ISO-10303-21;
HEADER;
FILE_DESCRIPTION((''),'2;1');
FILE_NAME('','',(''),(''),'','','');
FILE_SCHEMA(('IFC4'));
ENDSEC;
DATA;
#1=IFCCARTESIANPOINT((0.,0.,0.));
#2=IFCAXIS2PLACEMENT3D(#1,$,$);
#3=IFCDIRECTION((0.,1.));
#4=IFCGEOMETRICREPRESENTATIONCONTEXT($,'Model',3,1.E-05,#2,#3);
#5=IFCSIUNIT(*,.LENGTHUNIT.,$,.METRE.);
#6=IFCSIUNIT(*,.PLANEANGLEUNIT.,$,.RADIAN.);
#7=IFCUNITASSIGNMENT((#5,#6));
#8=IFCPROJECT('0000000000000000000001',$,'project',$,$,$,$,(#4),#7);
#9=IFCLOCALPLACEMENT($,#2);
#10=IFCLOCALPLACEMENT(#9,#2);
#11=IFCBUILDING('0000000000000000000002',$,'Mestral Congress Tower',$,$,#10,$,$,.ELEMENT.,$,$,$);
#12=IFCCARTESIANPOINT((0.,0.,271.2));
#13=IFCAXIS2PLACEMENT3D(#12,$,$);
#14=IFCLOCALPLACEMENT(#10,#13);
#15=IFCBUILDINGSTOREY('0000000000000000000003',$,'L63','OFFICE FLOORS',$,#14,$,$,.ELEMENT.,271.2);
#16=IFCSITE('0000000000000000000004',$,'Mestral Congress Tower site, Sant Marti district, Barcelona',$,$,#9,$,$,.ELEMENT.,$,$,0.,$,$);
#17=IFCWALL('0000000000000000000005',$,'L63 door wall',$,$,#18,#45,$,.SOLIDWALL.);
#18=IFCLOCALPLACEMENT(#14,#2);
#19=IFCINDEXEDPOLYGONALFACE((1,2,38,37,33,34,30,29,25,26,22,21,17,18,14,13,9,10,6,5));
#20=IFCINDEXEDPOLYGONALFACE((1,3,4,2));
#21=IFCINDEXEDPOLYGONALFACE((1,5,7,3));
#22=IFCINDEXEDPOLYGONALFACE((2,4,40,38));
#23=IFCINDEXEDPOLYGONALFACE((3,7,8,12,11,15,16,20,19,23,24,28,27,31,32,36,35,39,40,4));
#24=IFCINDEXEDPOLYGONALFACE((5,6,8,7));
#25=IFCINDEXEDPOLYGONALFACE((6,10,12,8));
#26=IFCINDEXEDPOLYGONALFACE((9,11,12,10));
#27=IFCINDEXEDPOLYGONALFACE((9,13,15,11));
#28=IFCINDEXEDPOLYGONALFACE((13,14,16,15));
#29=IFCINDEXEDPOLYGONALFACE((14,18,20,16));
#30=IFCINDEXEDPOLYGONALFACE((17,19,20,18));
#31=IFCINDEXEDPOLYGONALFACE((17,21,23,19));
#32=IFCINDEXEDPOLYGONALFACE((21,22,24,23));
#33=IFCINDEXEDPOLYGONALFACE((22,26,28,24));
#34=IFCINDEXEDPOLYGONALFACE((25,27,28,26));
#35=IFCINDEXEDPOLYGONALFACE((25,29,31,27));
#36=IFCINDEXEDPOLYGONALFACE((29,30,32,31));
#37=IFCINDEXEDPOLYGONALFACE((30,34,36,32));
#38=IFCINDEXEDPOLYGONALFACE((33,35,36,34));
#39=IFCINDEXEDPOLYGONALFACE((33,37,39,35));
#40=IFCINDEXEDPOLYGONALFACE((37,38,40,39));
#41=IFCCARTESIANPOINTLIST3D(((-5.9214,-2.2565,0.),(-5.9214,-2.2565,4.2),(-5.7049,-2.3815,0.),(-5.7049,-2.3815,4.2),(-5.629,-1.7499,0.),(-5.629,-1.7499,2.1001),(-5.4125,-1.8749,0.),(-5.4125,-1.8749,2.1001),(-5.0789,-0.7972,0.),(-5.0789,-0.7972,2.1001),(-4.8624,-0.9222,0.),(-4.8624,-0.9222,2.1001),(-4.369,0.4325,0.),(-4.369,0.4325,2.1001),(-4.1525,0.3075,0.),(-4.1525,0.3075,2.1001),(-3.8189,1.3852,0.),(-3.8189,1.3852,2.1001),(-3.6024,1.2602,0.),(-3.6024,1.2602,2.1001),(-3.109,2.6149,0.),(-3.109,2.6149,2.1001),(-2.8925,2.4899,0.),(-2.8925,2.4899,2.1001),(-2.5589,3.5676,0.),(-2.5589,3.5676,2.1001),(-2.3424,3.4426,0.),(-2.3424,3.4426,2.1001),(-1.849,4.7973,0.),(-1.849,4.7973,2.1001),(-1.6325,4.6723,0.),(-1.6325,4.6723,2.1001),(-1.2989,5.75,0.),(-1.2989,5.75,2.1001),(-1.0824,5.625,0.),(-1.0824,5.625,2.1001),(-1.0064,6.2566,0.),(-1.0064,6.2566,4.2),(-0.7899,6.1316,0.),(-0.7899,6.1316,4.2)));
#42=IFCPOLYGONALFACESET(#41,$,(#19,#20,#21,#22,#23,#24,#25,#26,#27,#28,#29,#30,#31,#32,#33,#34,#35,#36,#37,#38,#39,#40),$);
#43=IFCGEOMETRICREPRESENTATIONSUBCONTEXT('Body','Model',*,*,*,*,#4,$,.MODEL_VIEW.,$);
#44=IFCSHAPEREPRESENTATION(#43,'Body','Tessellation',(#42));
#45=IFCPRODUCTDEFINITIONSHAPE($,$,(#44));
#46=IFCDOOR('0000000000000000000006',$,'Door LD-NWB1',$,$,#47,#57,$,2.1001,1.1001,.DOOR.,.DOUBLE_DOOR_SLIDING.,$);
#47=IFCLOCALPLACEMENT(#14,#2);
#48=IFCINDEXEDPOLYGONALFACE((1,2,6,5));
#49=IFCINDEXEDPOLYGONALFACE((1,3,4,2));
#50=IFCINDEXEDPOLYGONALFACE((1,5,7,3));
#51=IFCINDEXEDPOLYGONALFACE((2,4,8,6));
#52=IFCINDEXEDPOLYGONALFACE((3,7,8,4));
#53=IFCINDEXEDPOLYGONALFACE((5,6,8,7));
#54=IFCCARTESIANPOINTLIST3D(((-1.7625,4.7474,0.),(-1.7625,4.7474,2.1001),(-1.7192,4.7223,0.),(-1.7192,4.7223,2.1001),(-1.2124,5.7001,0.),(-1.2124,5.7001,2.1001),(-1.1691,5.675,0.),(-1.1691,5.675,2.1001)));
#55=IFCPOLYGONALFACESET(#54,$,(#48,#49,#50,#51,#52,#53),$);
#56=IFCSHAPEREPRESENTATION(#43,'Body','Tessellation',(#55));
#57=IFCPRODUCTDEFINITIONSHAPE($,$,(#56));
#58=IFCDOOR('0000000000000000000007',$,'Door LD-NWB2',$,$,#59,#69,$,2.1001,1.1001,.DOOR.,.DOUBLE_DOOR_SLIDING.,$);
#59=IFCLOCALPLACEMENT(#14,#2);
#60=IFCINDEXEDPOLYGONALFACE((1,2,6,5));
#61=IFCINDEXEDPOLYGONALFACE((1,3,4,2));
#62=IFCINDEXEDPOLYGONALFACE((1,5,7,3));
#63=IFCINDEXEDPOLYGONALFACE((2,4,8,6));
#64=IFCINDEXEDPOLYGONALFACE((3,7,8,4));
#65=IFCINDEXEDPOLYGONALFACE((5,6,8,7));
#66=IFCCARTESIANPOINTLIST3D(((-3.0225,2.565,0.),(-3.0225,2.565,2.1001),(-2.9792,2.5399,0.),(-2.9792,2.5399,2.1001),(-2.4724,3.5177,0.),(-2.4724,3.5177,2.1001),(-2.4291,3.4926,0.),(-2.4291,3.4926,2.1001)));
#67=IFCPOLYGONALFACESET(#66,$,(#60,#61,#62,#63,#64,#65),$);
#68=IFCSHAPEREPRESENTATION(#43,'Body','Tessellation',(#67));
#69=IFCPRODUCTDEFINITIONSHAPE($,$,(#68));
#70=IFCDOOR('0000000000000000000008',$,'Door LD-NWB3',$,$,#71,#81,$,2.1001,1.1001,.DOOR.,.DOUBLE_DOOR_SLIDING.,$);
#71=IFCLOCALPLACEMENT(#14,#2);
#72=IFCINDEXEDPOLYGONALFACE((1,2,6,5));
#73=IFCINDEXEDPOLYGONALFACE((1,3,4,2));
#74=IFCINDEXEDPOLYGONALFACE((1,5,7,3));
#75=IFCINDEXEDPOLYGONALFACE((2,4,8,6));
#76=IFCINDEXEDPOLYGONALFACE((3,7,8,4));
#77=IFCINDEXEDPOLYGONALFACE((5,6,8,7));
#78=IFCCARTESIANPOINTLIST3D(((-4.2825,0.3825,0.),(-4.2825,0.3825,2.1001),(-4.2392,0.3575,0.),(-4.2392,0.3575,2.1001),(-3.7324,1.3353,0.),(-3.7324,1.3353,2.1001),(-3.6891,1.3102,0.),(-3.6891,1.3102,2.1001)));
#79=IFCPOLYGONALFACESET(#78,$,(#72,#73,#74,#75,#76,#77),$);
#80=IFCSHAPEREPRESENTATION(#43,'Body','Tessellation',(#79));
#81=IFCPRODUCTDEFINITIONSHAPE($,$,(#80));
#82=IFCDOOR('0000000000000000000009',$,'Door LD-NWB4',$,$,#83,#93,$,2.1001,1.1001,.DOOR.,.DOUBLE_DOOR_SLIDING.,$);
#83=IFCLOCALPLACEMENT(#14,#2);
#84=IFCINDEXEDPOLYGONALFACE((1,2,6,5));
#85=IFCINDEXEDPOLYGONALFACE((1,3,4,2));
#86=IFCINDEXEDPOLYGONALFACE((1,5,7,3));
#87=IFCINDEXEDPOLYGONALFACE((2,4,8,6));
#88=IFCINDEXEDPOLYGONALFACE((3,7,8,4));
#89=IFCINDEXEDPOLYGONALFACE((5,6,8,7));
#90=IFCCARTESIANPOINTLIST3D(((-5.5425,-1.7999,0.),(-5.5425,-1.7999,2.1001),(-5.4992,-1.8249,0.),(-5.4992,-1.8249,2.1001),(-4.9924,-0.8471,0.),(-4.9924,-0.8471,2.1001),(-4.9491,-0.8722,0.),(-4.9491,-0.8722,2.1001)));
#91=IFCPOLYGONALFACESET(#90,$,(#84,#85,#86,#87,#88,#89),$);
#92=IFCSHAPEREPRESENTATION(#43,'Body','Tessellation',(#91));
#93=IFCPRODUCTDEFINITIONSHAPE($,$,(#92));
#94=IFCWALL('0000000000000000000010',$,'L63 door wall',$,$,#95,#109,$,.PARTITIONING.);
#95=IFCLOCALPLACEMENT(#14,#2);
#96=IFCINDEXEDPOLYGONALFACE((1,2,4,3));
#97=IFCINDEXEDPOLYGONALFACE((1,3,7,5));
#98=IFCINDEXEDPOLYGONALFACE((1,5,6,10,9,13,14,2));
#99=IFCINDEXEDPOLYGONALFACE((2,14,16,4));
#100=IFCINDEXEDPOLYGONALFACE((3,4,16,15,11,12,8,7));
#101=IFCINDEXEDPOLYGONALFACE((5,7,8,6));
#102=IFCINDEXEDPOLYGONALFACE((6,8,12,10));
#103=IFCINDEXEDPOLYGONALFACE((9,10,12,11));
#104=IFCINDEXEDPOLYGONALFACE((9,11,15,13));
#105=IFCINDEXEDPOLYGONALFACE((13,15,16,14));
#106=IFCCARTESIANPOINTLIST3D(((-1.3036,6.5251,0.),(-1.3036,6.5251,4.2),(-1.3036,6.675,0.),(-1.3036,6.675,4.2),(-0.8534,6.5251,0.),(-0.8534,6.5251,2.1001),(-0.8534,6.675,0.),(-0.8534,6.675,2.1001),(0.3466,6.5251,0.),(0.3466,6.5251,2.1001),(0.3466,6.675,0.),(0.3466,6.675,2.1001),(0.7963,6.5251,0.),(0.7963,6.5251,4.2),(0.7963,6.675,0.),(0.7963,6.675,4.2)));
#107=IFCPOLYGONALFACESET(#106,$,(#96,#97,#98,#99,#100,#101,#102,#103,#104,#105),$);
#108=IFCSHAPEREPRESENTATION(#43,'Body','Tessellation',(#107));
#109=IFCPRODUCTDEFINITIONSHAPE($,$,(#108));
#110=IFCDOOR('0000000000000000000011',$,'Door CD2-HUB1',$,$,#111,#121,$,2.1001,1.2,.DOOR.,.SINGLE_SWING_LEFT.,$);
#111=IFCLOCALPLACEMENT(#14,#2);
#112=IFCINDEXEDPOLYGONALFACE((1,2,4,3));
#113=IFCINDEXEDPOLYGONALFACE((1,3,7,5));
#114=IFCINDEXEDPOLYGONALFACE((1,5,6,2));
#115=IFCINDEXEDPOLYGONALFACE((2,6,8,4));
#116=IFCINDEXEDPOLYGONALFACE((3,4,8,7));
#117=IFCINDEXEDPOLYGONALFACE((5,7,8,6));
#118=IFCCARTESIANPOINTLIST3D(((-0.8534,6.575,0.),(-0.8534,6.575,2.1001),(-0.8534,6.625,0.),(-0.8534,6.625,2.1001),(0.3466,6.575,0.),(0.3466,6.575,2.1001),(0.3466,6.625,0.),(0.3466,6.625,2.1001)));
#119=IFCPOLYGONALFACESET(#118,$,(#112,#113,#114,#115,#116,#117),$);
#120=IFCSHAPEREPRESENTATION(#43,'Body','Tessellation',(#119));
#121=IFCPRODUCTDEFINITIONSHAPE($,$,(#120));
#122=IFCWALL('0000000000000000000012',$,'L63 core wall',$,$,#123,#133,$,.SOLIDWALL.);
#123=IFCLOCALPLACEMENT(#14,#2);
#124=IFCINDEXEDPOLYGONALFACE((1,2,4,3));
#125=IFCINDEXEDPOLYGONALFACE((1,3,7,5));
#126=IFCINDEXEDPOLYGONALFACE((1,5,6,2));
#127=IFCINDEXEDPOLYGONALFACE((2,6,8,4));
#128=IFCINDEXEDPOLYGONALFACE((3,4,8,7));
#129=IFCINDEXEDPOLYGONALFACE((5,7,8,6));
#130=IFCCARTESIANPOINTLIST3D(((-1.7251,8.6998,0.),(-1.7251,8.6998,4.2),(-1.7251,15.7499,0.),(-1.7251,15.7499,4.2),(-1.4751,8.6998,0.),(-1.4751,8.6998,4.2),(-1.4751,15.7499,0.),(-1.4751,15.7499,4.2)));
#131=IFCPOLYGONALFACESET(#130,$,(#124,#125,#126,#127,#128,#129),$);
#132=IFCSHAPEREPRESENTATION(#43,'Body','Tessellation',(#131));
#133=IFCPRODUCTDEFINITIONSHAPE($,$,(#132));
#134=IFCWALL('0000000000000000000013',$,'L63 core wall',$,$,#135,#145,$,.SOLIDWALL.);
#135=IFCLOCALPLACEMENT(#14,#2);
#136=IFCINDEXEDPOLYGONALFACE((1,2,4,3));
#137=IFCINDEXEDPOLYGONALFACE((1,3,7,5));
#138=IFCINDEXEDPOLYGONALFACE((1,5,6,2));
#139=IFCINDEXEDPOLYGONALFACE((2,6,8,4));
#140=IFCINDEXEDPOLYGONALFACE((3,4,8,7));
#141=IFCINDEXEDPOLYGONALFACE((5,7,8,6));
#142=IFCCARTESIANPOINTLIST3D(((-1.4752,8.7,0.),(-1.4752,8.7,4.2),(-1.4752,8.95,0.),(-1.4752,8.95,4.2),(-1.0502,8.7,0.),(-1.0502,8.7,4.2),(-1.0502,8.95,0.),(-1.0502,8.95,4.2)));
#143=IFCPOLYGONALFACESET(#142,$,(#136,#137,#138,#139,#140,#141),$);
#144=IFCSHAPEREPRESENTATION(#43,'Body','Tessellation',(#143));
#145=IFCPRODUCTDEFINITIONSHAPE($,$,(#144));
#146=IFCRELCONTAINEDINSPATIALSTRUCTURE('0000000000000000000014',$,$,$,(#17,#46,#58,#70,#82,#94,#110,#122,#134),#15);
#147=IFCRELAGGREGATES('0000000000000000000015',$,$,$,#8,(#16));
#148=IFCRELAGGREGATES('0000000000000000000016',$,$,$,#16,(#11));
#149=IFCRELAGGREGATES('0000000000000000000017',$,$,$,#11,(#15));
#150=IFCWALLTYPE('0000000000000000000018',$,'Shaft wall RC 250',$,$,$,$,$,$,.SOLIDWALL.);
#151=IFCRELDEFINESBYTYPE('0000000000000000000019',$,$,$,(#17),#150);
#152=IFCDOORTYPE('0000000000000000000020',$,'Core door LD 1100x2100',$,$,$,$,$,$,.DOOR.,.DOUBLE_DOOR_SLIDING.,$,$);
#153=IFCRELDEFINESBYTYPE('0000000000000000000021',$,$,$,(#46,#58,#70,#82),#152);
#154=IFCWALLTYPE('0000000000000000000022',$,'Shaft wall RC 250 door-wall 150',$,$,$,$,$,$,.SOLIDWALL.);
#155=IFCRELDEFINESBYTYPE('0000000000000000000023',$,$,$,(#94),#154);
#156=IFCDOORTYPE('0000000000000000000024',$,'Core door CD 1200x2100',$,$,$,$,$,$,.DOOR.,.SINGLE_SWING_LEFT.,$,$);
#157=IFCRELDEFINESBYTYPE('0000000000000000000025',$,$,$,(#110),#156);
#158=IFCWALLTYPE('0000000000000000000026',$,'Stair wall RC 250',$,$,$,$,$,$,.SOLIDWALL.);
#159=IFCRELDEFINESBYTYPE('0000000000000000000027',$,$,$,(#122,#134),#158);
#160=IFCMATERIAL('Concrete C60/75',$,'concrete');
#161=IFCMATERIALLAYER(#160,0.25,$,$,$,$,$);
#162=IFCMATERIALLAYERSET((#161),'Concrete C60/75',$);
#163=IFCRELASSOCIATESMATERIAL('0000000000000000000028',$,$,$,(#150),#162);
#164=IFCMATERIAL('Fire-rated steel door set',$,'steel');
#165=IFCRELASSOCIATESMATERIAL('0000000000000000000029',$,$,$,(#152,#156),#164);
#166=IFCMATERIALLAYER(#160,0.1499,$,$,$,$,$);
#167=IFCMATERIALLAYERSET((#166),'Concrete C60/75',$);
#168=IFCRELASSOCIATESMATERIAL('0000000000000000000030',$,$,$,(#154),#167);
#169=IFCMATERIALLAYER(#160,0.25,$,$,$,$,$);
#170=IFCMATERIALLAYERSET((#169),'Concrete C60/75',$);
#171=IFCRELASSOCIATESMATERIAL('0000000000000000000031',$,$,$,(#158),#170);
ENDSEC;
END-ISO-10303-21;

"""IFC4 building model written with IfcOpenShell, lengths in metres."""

from ifc_helpers import new_model, si_unit, direction, frame, frame_2d, origin, place, context, subcontext, project, spatial, rectangle, extrude, material, layer, layer_set, type_object, element, fill, save


model = new_model("IFC4")

# Units and contexts
model_context = context("Model", 3, precision=1e-05, world=origin(), true_north=direction((0.0, 1.0)))
body_context = subcontext(model_context, "Body", "Model", "MODEL_VIEW")
ifc_project = project(units=[si_unit("LENGTHUNIT", "METRE"), si_unit("PLANEANGLEUNIT", "RADIAN")], contexts=[model_context])

# Site, building, storey
site_placement = place(None, origin())
site = spatial("IfcSite", under=ifc_project, at=site_placement, Name="Mestral Congress Tower site, Sant Marti district, Barcelona", CompositionType="ELEMENT", RefElevation=0.0)
building_placement = place(site_placement, origin())
building = spatial("IfcBuilding", under=site, at=building_placement, Name="Mestral Congress Tower", CompositionType="ELEMENT")
storey_placement = place(building_placement, frame((0.0, 0.0, 271.2)))
storey = spatial("IfcBuildingStorey", under=building, at=storey_placement, Name="L63", Description="OFFICE FLOORS", CompositionType="ELEMENT", Elevation=271.2)

# Shared definitions
ifc_material_1 = material(Name="Concrete C60/75", Category="concrete")

# Shared definitions
ifc_material_2 = material(Name="Fire-rated steel door set", Category="steel")

# Shared definitions
ifc_layer_1 = layer(ifc_material_1, 0.25)
ifc_layer_set_1 = layer_set([ifc_layer_1], Name="Concrete C60/75")
wall_type_1 = type_object("IfcWallType", Name="Shaft wall RC 250", PredefinedType="SOLIDWALL", material=ifc_layer_set_1)

# Wall, openings, doors
wall_1_placement = place(storey_placement, frame((-0.8982, 6.1941, 0.0), z_axis=(0.0, 0.0, 1.0), x_axis=(-0.499996, -0.866028, 0.0)))
wall_1 = element("IfcWall", 1, at=wall_1_placement, inside=storey, type_object=wall_type_1, Name="L63 door wall", PredefinedType="SOLIDWALL", context=body_context, shape_type="SweptSolid", body=[
    extrude(rectangle(XDim=9.8301, YDim=0.25, at=frame_2d((4.915, 0.0))), origin(), (0.0, 0.0, 1.0), 4.2),
])
opening_1_placement = place(wall_1_placement, frame((0.585, 0.0, 0.0)))
opening_1 = element("IfcOpeningElement", 2, at=opening_1_placement, cuts=wall_1, PredefinedType="OPENING", context=body_context, shape_type="SweptSolid", body=[
    extrude(rectangle(XDim=1.1001, YDim=2.1001, at=frame_2d((0.55, 1.05))), frame((0.0, 0.135, 0.0), z_axis=(0.0, -1.0, 0.0), x_axis=(1.0, 0.0, 0.0)), (0.0, 0.0, 1.0), 0.27),
])
opening_2_placement = place(wall_1_placement, frame((3.105, 0.0, 0.0)))
opening_2 = element("IfcOpeningElement", 3, at=opening_2_placement, cuts=wall_1, PredefinedType="OPENING", context=body_context, shape_type="SweptSolid", body=[
    extrude(rectangle(XDim=1.1001, YDim=2.1001, at=frame_2d((0.55, 1.05))), frame((0.0, 0.135, 0.0), z_axis=(0.0, -1.0, 0.0), x_axis=(1.0, 0.0, 0.0)), (0.0, 0.0, 1.0), 0.27),
])
opening_3_placement = place(wall_1_placement, frame((5.625, 0.0, 0.0)))
opening_3 = element("IfcOpeningElement", 4, at=opening_3_placement, cuts=wall_1, PredefinedType="OPENING", context=body_context, shape_type="SweptSolid", body=[
    extrude(rectangle(XDim=1.1001, YDim=2.1001, at=frame_2d((0.55, 1.05))), frame((0.0, 0.135, 0.0), z_axis=(0.0, -1.0, 0.0), x_axis=(1.0, 0.0, 0.0)), (0.0, 0.0, 1.0), 0.27),
])
opening_4_placement = place(wall_1_placement, frame((8.145, 0.0, 0.0)))
opening_4 = element("IfcOpeningElement", 5, at=opening_4_placement, cuts=wall_1, PredefinedType="OPENING", context=body_context, shape_type="SweptSolid", body=[
    extrude(rectangle(XDim=1.1001, YDim=2.1001, at=frame_2d((0.55, 1.05))), frame((0.0, 0.135, 0.0), z_axis=(0.0, -1.0, 0.0), x_axis=(1.0, 0.0, 0.0)), (0.0, 0.0, 1.0), 0.27),
])
door_type_1 = type_object("IfcDoorType", Name="Core door LD 1100x2100", OperationType="DOUBLE_DOOR_SLIDING", PredefinedType="DOOR", material=ifc_material_2)
door_1_placement = place(opening_1_placement, origin())
door_1 = element("IfcDoor", 6, at=door_1_placement, inside=storey, type_object=door_type_1, Name="Door LD-NWB1", OperationType="DOUBLE_DOOR_SLIDING", OverallHeight=2.1001, OverallWidth=1.1001, PredefinedType="DOOR", context=body_context, shape_type="SweptSolid", body=[
    extrude(rectangle(XDim=1.1001, YDim=2.1001, at=frame_2d((0.55, 1.05))), frame((0.0, 0.0249, 0.0), z_axis=(0.0, -1.0, 0.0), x_axis=(1.0, 0.0, 0.0)), (0.0, 0.0, 1.0), 0.05),
])
fill(opening_1, door_1)
door_2_placement = place(opening_2_placement, origin())
door_2 = element("IfcDoor", 7, at=door_2_placement, inside=storey, type_object=door_type_1, Name="Door LD-NWB2", OperationType="DOUBLE_DOOR_SLIDING", OverallHeight=2.1001, OverallWidth=1.1001, PredefinedType="DOOR", context=body_context, shape_type="SweptSolid", body=[
    extrude(rectangle(XDim=1.1001, YDim=2.1001, at=frame_2d((0.55, 1.05))), frame((0.0, 0.0249, 0.0), z_axis=(0.0, -1.0, 0.0), x_axis=(1.0, 0.0, 0.0)), (0.0, 0.0, 1.0), 0.05),
])
fill(opening_2, door_2)
door_3_placement = place(opening_3_placement, origin())
door_3 = element("IfcDoor", 8, at=door_3_placement, inside=storey, type_object=door_type_1, Name="Door LD-NWB3", OperationType="DOUBLE_DOOR_SLIDING", OverallHeight=2.1001, OverallWidth=1.1001, PredefinedType="DOOR", context=body_context, shape_type="SweptSolid", body=[
    extrude(rectangle(XDim=1.1001, YDim=2.1001, at=frame_2d((0.55, 1.05))), frame((0.0, 0.0249, 0.0), z_axis=(0.0, -1.0, 0.0), x_axis=(1.0, 0.0, 0.0)), (0.0, 0.0, 1.0), 0.05),
])
fill(opening_3, door_3)
door_4_placement = place(opening_4_placement, origin())
door_4 = element("IfcDoor", 9, at=door_4_placement, inside=storey, type_object=door_type_1, Name="Door LD-NWB4", OperationType="DOUBLE_DOOR_SLIDING", OverallHeight=2.1001, OverallWidth=1.1001, PredefinedType="DOOR", context=body_context, shape_type="SweptSolid", body=[
    extrude(rectangle(XDim=1.1001, YDim=2.1001, at=frame_2d((0.55, 1.05))), frame((0.0, 0.0249, 0.0), z_axis=(0.0, -1.0, 0.0), x_axis=(1.0, 0.0, 0.0)), (0.0, 0.0, 1.0), 0.05),
])
fill(opening_4, door_4)

# Wall, opening, door
ifc_layer_2 = layer(ifc_material_1, 0.1499)
ifc_layer_set_2 = layer_set([ifc_layer_2], Name="Concrete C60/75")
wall_type_2 = type_object("IfcWallType", Name="Shaft wall RC 250 door-wall 150", PredefinedType="SOLIDWALL", material=ifc_layer_set_2)
wall_2_placement = place(storey_placement, frame((-1.3035, 6.6001, 0.0), z_axis=(0.0, 0.0, 1.0), x_axis=(1.0, 0.0, 0.0)))
wall_2 = element("IfcWall", 10, at=wall_2_placement, inside=storey, type_object=wall_type_2, Name="L63 door wall", PredefinedType="PARTITIONING", context=body_context, shape_type="SweptSolid", body=[
    extrude(rectangle(XDim=2.0999, YDim=0.1499, at=frame_2d((1.0498, 0.0))), origin(), (0.0, 0.0, 1.0), 4.2),
])
opening_5_placement = place(wall_2_placement, frame((0.45, 0.0, 0.0)))
opening_5 = element("IfcOpeningElement", 11, at=opening_5_placement, cuts=wall_2, PredefinedType="OPENING", context=body_context, shape_type="SweptSolid", body=[
    extrude(rectangle(XDim=1.2, YDim=2.1001, at=frame_2d((0.6001, 1.05))), frame((0.0, 0.085, 0.0), z_axis=(0.0, -1.0, 0.0), x_axis=(1.0, 0.0, 0.0)), (0.0, 0.0, 1.0), 0.1699),
])
door_type_2 = type_object("IfcDoorType", Name="Core door CD 1200x2100", OperationType="SINGLE_SWING_LEFT", PredefinedType="DOOR", material=ifc_material_2)
door_5_placement = place(opening_5_placement, origin())
door_5 = element("IfcDoor", 12, at=door_5_placement, inside=storey, type_object=door_type_2, Name="Door CD2-HUB1", OperationType="SINGLE_SWING_LEFT", OverallHeight=2.1001, OverallWidth=1.2, PredefinedType="DOOR", context=body_context, shape_type="SweptSolid", body=[
    extrude(rectangle(XDim=1.2, YDim=2.1001, at=frame_2d((0.6001, 1.05))), frame((0.0, 0.0249, 0.0), z_axis=(0.0, -1.0, 0.0), x_axis=(1.0, 0.0, 0.0)), (0.0, 0.0, 1.0), 0.05),
])
fill(opening_5, door_5)

# Walls
ifc_layer_3 = layer(ifc_material_1, 0.25)
ifc_layer_set_3 = layer_set([ifc_layer_3], Name="Concrete C60/75")
wall_type_3 = type_object("IfcWallType", Name="Stair wall RC 250", PredefinedType="SOLIDWALL", material=ifc_layer_set_3)
wall_3_placement = place(storey_placement, frame((-1.6001, 8.7, 0.0), z_axis=(0.0, 0.0, 1.0), x_axis=(0.0, 1.0, 0.0)))
element("IfcWall", 13, at=wall_3_placement, inside=storey, type_object=wall_type_3, Name="L63 core wall", PredefinedType="SOLIDWALL", context=body_context, shape_type="SweptSolid", body=[
    extrude(rectangle(XDim=7.05, YDim=0.25, at=frame_2d((3.5249, 0.0))), origin(), (0.0, 0.0, 1.0), 4.2),
])
wall_4_placement = place(storey_placement, frame((-1.4751, 8.825, 0.0), z_axis=(0.0, 0.0, 1.0), x_axis=(1.0, 0.0, 0.0)))
element("IfcWall", 14, at=wall_4_placement, inside=storey, type_object=wall_type_3, Name="L63 core wall", PredefinedType="SOLIDWALL", context=body_context, shape_type="SweptSolid", body=[
    extrude(rectangle(XDim=0.425, YDim=0.25, at=frame_2d((0.2124, 0.0))), origin(), (0.0, 0.0, 1.0), 4.2),
])

save(model, "model.ifc")
